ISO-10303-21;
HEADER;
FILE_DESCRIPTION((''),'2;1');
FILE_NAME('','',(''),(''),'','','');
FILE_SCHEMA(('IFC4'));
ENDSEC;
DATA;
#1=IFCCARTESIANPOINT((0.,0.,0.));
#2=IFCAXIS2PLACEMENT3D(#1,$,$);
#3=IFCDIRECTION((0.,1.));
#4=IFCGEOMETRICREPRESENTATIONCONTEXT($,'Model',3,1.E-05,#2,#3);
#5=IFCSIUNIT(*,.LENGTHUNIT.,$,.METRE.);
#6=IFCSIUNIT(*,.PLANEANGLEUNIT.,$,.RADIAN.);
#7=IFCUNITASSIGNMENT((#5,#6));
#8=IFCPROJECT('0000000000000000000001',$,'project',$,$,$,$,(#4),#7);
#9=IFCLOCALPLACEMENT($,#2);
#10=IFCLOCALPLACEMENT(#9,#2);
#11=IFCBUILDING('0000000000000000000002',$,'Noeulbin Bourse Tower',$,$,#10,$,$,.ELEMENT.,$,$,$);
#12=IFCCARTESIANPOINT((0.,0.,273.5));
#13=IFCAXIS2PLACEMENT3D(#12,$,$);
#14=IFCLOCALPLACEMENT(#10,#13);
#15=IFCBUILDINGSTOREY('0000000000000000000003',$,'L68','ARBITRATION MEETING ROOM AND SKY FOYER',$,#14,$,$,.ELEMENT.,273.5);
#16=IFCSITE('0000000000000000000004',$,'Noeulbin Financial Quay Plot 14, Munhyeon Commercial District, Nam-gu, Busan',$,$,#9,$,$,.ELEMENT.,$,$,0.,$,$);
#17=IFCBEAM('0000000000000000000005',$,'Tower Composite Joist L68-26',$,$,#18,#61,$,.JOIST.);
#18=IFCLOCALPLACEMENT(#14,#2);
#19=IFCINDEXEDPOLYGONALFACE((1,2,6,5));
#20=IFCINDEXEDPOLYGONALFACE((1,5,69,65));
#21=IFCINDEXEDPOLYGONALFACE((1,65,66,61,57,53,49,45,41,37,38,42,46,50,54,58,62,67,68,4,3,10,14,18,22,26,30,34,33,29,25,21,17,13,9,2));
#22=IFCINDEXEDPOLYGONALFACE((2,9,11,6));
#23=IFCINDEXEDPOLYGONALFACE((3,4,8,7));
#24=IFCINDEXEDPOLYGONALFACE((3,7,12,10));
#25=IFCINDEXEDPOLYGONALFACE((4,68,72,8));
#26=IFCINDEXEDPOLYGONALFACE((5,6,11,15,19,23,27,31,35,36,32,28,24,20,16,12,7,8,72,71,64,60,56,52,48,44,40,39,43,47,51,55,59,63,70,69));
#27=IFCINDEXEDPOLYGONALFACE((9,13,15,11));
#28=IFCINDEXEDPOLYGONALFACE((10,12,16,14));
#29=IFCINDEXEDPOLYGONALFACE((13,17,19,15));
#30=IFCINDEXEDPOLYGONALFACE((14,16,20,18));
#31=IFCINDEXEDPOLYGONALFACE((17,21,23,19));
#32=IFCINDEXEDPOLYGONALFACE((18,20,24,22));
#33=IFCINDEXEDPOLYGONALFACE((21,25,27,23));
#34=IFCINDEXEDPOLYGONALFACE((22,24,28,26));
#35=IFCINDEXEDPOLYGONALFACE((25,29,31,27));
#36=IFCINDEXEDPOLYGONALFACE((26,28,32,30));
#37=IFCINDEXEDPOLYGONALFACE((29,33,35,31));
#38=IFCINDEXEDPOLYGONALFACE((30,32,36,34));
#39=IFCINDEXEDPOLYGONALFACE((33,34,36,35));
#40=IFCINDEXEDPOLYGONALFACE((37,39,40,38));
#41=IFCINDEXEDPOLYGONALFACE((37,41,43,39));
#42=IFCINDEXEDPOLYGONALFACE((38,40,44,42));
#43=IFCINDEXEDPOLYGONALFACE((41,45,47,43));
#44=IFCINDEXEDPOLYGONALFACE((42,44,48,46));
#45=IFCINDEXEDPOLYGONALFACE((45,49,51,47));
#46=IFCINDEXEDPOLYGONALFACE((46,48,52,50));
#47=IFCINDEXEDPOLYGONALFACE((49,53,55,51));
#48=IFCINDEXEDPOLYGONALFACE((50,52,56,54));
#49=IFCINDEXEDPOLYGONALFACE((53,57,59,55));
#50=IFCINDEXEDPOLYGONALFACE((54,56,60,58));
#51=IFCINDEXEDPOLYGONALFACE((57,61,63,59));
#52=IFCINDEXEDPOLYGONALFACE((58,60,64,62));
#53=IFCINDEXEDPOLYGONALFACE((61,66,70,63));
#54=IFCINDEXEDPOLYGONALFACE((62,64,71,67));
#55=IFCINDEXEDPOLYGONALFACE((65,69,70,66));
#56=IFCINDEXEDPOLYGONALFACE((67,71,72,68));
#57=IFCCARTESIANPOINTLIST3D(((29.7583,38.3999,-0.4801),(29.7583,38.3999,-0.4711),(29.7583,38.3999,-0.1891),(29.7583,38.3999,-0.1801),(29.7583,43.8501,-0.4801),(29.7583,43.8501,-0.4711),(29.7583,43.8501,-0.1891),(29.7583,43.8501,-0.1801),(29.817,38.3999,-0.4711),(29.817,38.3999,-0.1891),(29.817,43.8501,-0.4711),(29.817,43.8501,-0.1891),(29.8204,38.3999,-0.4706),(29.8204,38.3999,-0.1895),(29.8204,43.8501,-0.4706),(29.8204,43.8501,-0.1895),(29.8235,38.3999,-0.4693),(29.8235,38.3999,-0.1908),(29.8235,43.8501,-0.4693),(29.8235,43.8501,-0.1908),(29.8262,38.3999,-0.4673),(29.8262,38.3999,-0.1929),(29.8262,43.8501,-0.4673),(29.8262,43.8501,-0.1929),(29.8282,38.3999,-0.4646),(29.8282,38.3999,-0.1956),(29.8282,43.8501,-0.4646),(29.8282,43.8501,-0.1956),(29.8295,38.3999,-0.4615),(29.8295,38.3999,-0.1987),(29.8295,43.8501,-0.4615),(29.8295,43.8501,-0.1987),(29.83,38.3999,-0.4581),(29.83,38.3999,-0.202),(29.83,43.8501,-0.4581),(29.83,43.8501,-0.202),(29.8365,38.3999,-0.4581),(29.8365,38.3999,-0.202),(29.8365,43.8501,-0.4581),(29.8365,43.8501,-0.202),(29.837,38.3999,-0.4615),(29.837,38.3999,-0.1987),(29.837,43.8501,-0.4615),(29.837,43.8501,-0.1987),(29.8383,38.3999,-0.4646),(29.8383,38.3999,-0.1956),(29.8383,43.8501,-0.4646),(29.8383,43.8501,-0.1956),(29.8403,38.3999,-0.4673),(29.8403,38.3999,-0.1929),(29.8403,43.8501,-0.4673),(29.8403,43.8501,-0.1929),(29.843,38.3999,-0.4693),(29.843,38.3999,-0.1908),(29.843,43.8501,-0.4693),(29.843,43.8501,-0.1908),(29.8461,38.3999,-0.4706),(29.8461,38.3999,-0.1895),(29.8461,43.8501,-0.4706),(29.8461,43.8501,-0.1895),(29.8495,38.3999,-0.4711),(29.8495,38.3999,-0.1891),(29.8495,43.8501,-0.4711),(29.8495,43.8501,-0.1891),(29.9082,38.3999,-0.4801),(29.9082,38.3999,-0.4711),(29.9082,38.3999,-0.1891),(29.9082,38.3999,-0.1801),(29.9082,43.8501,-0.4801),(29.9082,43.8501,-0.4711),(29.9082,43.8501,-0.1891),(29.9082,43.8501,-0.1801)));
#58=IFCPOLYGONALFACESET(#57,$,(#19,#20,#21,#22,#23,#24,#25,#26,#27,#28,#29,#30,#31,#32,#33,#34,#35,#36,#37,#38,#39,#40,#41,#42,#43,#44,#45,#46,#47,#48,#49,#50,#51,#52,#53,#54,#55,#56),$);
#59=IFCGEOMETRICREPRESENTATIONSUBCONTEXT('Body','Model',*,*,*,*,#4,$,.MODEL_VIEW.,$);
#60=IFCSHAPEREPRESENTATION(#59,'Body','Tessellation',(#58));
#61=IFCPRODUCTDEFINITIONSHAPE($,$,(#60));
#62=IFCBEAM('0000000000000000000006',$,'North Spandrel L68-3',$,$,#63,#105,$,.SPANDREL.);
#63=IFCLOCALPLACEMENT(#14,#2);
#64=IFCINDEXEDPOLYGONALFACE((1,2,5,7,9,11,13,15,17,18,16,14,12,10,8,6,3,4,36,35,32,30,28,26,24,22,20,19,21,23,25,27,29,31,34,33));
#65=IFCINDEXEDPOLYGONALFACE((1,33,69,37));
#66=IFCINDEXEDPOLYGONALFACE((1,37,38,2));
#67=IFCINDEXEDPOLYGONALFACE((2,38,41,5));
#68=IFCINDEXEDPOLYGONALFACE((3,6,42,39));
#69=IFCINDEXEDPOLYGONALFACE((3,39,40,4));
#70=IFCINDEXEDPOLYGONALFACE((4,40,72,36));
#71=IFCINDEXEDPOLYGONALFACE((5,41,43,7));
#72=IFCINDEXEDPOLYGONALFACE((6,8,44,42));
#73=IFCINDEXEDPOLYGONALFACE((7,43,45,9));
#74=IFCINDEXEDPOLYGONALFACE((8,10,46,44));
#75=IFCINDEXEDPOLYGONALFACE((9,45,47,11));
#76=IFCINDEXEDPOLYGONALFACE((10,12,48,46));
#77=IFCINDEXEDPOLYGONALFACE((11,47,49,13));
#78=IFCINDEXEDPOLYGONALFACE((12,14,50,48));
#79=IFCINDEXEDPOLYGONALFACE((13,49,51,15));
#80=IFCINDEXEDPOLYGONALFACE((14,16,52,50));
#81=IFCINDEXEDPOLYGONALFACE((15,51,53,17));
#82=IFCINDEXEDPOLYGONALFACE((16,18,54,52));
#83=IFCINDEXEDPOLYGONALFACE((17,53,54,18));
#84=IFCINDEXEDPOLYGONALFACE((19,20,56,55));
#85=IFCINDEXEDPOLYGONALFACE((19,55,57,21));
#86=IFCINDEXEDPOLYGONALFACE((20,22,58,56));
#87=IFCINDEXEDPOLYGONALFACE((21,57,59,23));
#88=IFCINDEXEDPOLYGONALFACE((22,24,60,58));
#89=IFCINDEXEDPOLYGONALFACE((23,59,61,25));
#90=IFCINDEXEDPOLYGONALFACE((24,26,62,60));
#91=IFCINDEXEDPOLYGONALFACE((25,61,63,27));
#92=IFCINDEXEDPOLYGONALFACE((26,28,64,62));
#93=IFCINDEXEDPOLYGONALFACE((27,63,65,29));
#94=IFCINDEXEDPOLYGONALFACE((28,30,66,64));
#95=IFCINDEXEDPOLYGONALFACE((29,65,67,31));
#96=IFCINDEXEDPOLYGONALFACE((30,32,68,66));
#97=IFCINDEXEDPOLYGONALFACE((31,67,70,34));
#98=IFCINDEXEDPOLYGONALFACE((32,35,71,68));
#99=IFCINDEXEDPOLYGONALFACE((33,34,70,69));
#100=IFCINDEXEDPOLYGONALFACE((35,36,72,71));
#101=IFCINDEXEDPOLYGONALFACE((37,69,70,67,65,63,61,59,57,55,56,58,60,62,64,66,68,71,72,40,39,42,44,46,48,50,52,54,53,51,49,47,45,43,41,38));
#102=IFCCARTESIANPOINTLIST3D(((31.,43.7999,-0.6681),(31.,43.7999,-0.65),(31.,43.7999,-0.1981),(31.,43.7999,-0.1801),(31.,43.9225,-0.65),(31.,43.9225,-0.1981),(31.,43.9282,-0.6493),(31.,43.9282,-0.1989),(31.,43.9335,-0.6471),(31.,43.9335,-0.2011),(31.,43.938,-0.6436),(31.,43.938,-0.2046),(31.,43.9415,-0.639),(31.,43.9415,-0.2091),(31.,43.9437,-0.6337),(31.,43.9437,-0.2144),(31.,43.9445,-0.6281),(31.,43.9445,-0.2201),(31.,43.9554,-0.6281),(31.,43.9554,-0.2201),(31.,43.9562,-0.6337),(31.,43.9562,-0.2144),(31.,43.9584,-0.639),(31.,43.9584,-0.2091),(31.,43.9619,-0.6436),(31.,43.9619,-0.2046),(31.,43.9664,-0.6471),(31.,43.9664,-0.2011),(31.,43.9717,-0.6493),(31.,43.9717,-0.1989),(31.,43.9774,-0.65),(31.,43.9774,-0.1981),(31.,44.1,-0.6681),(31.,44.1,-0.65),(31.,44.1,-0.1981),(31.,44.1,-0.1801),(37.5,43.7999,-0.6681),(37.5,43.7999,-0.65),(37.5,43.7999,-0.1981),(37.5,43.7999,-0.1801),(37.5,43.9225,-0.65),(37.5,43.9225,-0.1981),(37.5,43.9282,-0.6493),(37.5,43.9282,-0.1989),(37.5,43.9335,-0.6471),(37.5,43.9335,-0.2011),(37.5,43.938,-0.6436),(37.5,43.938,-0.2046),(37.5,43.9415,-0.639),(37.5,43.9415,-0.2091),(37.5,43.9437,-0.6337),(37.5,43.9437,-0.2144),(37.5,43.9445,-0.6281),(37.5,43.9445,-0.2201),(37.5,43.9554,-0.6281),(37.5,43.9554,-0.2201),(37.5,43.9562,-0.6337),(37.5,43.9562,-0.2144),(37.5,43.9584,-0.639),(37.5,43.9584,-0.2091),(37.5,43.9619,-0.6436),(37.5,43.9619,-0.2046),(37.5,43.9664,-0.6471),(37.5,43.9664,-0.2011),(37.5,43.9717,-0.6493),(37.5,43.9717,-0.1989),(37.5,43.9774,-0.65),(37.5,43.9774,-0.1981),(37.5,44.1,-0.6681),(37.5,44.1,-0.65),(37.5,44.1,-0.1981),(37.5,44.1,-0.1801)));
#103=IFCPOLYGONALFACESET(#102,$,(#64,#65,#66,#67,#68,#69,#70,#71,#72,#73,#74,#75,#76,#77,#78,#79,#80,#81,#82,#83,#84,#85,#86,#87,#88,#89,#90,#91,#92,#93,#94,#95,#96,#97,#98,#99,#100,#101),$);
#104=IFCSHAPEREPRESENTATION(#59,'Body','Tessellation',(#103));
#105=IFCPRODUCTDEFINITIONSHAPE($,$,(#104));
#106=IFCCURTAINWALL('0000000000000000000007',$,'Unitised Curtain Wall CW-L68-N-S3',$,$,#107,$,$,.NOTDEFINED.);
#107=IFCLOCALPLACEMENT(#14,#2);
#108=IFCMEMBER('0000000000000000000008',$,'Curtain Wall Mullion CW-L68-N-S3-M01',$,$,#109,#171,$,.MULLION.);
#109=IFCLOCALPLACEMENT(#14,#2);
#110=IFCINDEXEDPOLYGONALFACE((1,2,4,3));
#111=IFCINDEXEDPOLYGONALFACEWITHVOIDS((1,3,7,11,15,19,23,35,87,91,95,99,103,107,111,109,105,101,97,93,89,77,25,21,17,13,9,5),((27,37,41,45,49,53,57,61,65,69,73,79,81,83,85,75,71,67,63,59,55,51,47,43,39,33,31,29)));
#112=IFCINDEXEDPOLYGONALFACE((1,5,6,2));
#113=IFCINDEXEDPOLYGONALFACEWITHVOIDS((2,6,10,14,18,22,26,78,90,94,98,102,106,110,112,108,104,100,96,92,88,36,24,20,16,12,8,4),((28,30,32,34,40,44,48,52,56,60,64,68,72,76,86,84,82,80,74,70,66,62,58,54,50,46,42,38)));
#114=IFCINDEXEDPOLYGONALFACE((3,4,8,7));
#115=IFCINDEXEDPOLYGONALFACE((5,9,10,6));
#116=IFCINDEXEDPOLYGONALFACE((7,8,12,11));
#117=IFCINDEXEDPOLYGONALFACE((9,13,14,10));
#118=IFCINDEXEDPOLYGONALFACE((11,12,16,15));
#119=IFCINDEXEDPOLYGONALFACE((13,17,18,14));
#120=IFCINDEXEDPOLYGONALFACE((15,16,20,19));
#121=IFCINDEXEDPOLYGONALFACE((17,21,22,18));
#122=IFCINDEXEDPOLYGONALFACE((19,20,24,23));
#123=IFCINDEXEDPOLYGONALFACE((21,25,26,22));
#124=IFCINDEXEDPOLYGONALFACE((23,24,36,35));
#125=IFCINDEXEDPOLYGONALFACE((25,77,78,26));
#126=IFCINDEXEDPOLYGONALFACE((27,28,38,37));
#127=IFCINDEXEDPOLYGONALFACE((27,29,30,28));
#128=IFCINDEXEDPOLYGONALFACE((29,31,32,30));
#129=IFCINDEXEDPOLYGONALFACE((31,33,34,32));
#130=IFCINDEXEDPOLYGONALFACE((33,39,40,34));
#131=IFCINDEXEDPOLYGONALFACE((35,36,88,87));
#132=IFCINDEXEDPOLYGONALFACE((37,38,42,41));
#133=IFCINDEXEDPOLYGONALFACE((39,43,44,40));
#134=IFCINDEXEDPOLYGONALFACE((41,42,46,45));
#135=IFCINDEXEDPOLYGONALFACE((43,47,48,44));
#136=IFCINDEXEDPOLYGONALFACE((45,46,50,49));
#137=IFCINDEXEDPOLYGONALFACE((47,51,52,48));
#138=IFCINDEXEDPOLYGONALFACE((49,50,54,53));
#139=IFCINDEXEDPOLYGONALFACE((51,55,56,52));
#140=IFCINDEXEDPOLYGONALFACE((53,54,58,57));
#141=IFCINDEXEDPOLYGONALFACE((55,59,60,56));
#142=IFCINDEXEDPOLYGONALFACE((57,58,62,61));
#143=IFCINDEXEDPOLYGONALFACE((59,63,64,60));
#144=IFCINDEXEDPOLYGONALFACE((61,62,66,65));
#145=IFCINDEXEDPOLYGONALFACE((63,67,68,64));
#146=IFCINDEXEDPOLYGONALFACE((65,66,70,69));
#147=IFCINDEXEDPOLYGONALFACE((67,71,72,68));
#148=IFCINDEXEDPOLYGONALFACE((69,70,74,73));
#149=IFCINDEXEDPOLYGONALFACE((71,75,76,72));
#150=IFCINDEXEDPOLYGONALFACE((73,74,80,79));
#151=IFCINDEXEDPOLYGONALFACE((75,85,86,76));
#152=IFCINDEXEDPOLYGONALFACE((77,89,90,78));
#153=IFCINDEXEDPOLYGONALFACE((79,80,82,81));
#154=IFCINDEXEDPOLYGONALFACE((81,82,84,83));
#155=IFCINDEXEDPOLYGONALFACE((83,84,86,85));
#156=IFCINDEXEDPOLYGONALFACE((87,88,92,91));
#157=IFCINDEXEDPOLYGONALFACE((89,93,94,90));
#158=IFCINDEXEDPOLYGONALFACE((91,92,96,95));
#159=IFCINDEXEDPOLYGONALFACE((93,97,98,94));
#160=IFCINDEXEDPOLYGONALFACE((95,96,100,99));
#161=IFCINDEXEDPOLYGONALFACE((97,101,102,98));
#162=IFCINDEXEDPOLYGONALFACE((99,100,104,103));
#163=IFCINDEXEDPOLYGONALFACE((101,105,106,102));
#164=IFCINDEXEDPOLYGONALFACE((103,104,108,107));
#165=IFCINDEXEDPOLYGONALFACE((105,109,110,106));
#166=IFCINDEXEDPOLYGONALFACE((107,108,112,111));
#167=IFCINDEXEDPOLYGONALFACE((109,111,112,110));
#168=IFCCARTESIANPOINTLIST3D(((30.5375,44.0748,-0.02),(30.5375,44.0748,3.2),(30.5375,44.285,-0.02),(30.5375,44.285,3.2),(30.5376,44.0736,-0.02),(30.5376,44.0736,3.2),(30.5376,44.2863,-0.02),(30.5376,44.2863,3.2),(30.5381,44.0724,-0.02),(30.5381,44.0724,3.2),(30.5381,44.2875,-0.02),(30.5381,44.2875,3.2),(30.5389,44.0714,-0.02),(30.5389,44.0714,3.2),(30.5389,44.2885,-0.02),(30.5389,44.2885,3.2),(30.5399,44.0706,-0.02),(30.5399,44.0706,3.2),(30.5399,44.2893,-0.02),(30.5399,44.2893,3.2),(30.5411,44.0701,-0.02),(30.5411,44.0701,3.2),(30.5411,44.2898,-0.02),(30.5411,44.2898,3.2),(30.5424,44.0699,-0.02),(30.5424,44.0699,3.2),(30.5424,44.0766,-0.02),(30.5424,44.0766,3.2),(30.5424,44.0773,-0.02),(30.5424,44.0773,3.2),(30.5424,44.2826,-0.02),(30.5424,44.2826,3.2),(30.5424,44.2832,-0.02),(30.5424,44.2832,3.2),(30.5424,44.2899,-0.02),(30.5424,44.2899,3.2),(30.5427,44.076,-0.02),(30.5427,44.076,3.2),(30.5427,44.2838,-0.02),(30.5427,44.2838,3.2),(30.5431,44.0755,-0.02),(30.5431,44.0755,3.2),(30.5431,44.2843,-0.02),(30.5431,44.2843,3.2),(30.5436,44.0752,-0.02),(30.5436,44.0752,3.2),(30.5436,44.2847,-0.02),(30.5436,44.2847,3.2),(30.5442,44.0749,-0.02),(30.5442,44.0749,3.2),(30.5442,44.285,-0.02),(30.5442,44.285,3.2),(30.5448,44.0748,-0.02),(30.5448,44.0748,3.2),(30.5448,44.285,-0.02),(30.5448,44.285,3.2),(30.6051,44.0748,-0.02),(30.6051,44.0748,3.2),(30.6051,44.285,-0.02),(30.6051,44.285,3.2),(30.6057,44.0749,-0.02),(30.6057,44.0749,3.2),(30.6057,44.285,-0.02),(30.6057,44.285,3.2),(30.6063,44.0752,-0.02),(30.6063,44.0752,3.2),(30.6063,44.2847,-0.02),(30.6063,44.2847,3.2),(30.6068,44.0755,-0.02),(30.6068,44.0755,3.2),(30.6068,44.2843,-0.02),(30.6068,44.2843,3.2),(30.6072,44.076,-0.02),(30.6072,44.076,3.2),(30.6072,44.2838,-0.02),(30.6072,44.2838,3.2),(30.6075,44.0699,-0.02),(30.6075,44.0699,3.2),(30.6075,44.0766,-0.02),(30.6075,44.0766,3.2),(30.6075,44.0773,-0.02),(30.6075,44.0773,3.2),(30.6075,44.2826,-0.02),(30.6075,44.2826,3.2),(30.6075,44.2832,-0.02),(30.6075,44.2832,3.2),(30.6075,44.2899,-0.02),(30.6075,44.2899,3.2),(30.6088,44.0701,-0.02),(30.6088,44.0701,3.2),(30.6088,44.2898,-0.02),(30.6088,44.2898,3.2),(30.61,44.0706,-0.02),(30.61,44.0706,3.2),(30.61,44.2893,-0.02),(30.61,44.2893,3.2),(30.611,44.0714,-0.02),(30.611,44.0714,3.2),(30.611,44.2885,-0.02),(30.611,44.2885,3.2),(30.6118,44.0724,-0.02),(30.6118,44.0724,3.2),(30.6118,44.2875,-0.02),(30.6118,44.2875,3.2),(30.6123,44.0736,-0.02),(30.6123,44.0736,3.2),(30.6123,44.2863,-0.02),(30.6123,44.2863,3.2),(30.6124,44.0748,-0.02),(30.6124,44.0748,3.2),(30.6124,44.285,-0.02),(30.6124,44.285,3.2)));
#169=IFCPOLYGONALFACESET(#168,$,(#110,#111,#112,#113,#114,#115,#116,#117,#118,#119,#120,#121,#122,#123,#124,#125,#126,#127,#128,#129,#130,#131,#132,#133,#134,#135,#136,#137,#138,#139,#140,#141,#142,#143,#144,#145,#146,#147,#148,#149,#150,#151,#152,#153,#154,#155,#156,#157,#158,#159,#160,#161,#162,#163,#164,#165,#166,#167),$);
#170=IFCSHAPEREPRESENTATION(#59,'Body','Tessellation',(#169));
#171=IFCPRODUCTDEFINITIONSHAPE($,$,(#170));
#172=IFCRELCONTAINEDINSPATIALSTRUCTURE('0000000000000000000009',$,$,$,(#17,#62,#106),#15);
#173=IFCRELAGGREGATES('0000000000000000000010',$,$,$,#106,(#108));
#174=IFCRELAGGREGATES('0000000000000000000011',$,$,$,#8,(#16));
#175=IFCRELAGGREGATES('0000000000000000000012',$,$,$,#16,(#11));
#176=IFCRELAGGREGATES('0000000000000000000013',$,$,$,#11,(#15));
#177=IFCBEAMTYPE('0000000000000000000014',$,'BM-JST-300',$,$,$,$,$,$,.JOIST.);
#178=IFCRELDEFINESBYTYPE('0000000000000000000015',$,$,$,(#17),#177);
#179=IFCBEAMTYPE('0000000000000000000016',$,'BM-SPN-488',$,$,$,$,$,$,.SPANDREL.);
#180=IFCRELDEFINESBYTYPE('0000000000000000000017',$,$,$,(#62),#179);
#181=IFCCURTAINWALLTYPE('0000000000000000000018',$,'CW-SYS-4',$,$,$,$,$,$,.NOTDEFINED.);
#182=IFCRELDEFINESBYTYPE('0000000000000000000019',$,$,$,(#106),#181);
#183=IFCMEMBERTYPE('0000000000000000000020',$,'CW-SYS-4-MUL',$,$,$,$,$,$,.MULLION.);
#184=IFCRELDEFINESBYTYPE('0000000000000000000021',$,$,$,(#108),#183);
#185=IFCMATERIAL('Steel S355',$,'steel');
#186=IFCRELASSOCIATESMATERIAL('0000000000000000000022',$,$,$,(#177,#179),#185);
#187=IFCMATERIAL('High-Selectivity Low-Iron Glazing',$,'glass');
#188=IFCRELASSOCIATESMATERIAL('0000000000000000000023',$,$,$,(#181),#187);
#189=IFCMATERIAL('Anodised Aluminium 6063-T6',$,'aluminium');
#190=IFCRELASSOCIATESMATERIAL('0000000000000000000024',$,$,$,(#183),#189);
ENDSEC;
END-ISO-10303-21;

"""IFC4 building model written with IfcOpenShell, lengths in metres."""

from ifc_helpers import new_model, si_unit, direction, frame, origin, origin_2d, place, context, subcontext, project, spatial, hollow_rectangle, i_section, extrude, material, material_profile, profile_set, type_object, element, aggregate, save


model = new_model("IFC4")

# Units and contexts
model_context = context("Model", 3, precision=1e-05, world=origin(), true_north=direction((0.0, 1.0)))
body_context = subcontext(model_context, "Body", "Model", "MODEL_VIEW")
ifc_project = project(units=[si_unit("LENGTHUNIT", "METRE"), si_unit("PLANEANGLEUNIT", "RADIAN")], contexts=[model_context])

# Site, building, storey
site_placement = place(None, origin())
site = spatial("IfcSite", under=ifc_project, at=site_placement, Name="Noeulbin Financial Quay Plot 14, Munhyeon Commercial District, Nam-gu, Busan", CompositionType="ELEMENT", RefElevation=0.0)
building_placement = place(site_placement, origin())
building = spatial("IfcBuilding", under=site, at=building_placement, Name="Noeulbin Bourse Tower", CompositionType="ELEMENT")
storey_placement = place(building_placement, frame((0.0, 0.0, 273.5)))
storey = spatial("IfcBuildingStorey", under=building, at=storey_placement, Name="L68", Description="ARBITRATION MEETING ROOM AND SKY FOYER", CompositionType="ELEMENT", Elevation=273.5)

# Shared definitions
ifc_material_1 = material(Name="Steel S355", Category="steel")

# Beams
ifc_material_profile_1 = material_profile(ifc_material_1, i_section(OverallWidth=0.1499, OverallDepth=0.3, WebThickness=0.0066, FlangeThickness=0.009, FilletRadius=0.0129, at=origin_2d()), Name="H-300x150x6.5x9", Category="LoadBearing")
ifc_profile_set_1 = profile_set([ifc_material_profile_1], Name="Steel S355")
beam_type_1 = type_object("IfcBeamType", Name="BM-JST-300", PredefinedType="JOIST", material=ifc_profile_set_1)
for number, where, z_axis, x_axis, name in (
    (1, (29.8333, 38.3999, -0.3301), (0.0, 1.0, 0.0), (-1.0, 0.0, 0.0), "Tower Composite Joist L68-26"),
):
    element("IfcBeam", number, at=place(storey_placement, frame(where, z_axis=z_axis, x_axis=x_axis)), inside=storey, type_object=beam_type_1, Name=name, PredefinedType="JOIST", context=body_context, shape_type="SweptSolid", body=[
        extrude(i_section(OverallWidth=0.1499, OverallDepth=0.3, WebThickness=0.0066, FlangeThickness=0.009, FilletRadius=0.0129, at=origin_2d()), origin(), (0.0, 0.0, 1.0), 5.4502),
    ])
ifc_material_profile_2 = material_profile(ifc_material_1, i_section(OverallWidth=0.3, OverallDepth=0.488, WebThickness=0.011, FlangeThickness=0.0181, FilletRadius=0.022, at=origin_2d()), Name="H-488x300x11x18", Category="LoadBearing")
ifc_profile_set_2 = profile_set([ifc_material_profile_2], Name="Steel S355")
beam_type_2 = type_object("IfcBeamType", Name="BM-SPN-488", PredefinedType="SPANDREL", material=ifc_profile_set_2)
beam_1_placement = place(storey_placement, frame((31.0, 43.95, -0.4241), z_axis=(1.0, 0.0, 0.0), x_axis=(0.0, 1.0, 0.0)))
element("IfcBeam", 2, at=beam_1_placement, inside=storey, type_object=beam_type_2, Name="North Spandrel L68-3", PredefinedType="SPANDREL", context=body_context, shape_type="SweptSolid", body=[
    extrude(i_section(OverallWidth=0.3, OverallDepth=0.488, WebThickness=0.011, FlangeThickness=0.0181, FilletRadius=0.022, at=origin_2d()), origin(), (0.0, 0.0, 1.0), 6.5),
])

# Curtain wall, member
ifc_material_2 = material(Name="High-Selectivity Low-Iron Glazing", Category="glass")
curtain_wall_type = type_object("IfcCurtainWallType", Name="CW-SYS-4", PredefinedType="NOTDEFINED", material=ifc_material_2)
curtain_wall_1_placement = place(storey_placement, origin())
curtain_wall_1 = element("IfcCurtainWall", 3, at=curtain_wall_1_placement, inside=storey, type_object=curtain_wall_type, Name="Unitised Curtain Wall CW-L68-N-S3", PredefinedType="NOTDEFINED")
ifc_material_3 = material(Name="Anodised Aluminium 6063-T6", Category="aluminium")
ifc_material_profile_3 = material_profile(ifc_material_3, hollow_rectangle(XDim=0.075, YDim=0.22, WallThickness=0.0049, InnerFilletRadius=0.0024, OuterFilletRadius=0.0049, at=origin_2d()), Name="ALU-MULL-75x220x5", Category="LoadBearing")
ifc_profile_set_3 = profile_set([ifc_material_profile_3], Name="Anodised Aluminium 6063-T6")
member_type_1 = type_object("IfcMemberType", Name="CW-SYS-4-MUL", PredefinedType="MULLION", material=ifc_profile_set_3)
member_1_placement = place(storey_placement, frame((30.575, 44.1799, -0.02), z_axis=(0.0, 0.0, 1.0), x_axis=(1.0, 0.0, 0.0)))
member_1 = element("IfcMember", 4, at=member_1_placement, type_object=member_type_1, Name="Curtain Wall Mullion CW-L68-N-S3-M01", PredefinedType="MULLION", context=body_context, shape_type="SweptSolid", body=[
    extrude(hollow_rectangle(XDim=0.075, YDim=0.22, WallThickness=0.0049, InnerFilletRadius=0.0024, OuterFilletRadius=0.0049, at=origin_2d()), origin(), (0.0, 0.0, 1.0), 3.22),
])

aggregate(curtain_wall_1, [member_1])

save(model, "model.ifc")
